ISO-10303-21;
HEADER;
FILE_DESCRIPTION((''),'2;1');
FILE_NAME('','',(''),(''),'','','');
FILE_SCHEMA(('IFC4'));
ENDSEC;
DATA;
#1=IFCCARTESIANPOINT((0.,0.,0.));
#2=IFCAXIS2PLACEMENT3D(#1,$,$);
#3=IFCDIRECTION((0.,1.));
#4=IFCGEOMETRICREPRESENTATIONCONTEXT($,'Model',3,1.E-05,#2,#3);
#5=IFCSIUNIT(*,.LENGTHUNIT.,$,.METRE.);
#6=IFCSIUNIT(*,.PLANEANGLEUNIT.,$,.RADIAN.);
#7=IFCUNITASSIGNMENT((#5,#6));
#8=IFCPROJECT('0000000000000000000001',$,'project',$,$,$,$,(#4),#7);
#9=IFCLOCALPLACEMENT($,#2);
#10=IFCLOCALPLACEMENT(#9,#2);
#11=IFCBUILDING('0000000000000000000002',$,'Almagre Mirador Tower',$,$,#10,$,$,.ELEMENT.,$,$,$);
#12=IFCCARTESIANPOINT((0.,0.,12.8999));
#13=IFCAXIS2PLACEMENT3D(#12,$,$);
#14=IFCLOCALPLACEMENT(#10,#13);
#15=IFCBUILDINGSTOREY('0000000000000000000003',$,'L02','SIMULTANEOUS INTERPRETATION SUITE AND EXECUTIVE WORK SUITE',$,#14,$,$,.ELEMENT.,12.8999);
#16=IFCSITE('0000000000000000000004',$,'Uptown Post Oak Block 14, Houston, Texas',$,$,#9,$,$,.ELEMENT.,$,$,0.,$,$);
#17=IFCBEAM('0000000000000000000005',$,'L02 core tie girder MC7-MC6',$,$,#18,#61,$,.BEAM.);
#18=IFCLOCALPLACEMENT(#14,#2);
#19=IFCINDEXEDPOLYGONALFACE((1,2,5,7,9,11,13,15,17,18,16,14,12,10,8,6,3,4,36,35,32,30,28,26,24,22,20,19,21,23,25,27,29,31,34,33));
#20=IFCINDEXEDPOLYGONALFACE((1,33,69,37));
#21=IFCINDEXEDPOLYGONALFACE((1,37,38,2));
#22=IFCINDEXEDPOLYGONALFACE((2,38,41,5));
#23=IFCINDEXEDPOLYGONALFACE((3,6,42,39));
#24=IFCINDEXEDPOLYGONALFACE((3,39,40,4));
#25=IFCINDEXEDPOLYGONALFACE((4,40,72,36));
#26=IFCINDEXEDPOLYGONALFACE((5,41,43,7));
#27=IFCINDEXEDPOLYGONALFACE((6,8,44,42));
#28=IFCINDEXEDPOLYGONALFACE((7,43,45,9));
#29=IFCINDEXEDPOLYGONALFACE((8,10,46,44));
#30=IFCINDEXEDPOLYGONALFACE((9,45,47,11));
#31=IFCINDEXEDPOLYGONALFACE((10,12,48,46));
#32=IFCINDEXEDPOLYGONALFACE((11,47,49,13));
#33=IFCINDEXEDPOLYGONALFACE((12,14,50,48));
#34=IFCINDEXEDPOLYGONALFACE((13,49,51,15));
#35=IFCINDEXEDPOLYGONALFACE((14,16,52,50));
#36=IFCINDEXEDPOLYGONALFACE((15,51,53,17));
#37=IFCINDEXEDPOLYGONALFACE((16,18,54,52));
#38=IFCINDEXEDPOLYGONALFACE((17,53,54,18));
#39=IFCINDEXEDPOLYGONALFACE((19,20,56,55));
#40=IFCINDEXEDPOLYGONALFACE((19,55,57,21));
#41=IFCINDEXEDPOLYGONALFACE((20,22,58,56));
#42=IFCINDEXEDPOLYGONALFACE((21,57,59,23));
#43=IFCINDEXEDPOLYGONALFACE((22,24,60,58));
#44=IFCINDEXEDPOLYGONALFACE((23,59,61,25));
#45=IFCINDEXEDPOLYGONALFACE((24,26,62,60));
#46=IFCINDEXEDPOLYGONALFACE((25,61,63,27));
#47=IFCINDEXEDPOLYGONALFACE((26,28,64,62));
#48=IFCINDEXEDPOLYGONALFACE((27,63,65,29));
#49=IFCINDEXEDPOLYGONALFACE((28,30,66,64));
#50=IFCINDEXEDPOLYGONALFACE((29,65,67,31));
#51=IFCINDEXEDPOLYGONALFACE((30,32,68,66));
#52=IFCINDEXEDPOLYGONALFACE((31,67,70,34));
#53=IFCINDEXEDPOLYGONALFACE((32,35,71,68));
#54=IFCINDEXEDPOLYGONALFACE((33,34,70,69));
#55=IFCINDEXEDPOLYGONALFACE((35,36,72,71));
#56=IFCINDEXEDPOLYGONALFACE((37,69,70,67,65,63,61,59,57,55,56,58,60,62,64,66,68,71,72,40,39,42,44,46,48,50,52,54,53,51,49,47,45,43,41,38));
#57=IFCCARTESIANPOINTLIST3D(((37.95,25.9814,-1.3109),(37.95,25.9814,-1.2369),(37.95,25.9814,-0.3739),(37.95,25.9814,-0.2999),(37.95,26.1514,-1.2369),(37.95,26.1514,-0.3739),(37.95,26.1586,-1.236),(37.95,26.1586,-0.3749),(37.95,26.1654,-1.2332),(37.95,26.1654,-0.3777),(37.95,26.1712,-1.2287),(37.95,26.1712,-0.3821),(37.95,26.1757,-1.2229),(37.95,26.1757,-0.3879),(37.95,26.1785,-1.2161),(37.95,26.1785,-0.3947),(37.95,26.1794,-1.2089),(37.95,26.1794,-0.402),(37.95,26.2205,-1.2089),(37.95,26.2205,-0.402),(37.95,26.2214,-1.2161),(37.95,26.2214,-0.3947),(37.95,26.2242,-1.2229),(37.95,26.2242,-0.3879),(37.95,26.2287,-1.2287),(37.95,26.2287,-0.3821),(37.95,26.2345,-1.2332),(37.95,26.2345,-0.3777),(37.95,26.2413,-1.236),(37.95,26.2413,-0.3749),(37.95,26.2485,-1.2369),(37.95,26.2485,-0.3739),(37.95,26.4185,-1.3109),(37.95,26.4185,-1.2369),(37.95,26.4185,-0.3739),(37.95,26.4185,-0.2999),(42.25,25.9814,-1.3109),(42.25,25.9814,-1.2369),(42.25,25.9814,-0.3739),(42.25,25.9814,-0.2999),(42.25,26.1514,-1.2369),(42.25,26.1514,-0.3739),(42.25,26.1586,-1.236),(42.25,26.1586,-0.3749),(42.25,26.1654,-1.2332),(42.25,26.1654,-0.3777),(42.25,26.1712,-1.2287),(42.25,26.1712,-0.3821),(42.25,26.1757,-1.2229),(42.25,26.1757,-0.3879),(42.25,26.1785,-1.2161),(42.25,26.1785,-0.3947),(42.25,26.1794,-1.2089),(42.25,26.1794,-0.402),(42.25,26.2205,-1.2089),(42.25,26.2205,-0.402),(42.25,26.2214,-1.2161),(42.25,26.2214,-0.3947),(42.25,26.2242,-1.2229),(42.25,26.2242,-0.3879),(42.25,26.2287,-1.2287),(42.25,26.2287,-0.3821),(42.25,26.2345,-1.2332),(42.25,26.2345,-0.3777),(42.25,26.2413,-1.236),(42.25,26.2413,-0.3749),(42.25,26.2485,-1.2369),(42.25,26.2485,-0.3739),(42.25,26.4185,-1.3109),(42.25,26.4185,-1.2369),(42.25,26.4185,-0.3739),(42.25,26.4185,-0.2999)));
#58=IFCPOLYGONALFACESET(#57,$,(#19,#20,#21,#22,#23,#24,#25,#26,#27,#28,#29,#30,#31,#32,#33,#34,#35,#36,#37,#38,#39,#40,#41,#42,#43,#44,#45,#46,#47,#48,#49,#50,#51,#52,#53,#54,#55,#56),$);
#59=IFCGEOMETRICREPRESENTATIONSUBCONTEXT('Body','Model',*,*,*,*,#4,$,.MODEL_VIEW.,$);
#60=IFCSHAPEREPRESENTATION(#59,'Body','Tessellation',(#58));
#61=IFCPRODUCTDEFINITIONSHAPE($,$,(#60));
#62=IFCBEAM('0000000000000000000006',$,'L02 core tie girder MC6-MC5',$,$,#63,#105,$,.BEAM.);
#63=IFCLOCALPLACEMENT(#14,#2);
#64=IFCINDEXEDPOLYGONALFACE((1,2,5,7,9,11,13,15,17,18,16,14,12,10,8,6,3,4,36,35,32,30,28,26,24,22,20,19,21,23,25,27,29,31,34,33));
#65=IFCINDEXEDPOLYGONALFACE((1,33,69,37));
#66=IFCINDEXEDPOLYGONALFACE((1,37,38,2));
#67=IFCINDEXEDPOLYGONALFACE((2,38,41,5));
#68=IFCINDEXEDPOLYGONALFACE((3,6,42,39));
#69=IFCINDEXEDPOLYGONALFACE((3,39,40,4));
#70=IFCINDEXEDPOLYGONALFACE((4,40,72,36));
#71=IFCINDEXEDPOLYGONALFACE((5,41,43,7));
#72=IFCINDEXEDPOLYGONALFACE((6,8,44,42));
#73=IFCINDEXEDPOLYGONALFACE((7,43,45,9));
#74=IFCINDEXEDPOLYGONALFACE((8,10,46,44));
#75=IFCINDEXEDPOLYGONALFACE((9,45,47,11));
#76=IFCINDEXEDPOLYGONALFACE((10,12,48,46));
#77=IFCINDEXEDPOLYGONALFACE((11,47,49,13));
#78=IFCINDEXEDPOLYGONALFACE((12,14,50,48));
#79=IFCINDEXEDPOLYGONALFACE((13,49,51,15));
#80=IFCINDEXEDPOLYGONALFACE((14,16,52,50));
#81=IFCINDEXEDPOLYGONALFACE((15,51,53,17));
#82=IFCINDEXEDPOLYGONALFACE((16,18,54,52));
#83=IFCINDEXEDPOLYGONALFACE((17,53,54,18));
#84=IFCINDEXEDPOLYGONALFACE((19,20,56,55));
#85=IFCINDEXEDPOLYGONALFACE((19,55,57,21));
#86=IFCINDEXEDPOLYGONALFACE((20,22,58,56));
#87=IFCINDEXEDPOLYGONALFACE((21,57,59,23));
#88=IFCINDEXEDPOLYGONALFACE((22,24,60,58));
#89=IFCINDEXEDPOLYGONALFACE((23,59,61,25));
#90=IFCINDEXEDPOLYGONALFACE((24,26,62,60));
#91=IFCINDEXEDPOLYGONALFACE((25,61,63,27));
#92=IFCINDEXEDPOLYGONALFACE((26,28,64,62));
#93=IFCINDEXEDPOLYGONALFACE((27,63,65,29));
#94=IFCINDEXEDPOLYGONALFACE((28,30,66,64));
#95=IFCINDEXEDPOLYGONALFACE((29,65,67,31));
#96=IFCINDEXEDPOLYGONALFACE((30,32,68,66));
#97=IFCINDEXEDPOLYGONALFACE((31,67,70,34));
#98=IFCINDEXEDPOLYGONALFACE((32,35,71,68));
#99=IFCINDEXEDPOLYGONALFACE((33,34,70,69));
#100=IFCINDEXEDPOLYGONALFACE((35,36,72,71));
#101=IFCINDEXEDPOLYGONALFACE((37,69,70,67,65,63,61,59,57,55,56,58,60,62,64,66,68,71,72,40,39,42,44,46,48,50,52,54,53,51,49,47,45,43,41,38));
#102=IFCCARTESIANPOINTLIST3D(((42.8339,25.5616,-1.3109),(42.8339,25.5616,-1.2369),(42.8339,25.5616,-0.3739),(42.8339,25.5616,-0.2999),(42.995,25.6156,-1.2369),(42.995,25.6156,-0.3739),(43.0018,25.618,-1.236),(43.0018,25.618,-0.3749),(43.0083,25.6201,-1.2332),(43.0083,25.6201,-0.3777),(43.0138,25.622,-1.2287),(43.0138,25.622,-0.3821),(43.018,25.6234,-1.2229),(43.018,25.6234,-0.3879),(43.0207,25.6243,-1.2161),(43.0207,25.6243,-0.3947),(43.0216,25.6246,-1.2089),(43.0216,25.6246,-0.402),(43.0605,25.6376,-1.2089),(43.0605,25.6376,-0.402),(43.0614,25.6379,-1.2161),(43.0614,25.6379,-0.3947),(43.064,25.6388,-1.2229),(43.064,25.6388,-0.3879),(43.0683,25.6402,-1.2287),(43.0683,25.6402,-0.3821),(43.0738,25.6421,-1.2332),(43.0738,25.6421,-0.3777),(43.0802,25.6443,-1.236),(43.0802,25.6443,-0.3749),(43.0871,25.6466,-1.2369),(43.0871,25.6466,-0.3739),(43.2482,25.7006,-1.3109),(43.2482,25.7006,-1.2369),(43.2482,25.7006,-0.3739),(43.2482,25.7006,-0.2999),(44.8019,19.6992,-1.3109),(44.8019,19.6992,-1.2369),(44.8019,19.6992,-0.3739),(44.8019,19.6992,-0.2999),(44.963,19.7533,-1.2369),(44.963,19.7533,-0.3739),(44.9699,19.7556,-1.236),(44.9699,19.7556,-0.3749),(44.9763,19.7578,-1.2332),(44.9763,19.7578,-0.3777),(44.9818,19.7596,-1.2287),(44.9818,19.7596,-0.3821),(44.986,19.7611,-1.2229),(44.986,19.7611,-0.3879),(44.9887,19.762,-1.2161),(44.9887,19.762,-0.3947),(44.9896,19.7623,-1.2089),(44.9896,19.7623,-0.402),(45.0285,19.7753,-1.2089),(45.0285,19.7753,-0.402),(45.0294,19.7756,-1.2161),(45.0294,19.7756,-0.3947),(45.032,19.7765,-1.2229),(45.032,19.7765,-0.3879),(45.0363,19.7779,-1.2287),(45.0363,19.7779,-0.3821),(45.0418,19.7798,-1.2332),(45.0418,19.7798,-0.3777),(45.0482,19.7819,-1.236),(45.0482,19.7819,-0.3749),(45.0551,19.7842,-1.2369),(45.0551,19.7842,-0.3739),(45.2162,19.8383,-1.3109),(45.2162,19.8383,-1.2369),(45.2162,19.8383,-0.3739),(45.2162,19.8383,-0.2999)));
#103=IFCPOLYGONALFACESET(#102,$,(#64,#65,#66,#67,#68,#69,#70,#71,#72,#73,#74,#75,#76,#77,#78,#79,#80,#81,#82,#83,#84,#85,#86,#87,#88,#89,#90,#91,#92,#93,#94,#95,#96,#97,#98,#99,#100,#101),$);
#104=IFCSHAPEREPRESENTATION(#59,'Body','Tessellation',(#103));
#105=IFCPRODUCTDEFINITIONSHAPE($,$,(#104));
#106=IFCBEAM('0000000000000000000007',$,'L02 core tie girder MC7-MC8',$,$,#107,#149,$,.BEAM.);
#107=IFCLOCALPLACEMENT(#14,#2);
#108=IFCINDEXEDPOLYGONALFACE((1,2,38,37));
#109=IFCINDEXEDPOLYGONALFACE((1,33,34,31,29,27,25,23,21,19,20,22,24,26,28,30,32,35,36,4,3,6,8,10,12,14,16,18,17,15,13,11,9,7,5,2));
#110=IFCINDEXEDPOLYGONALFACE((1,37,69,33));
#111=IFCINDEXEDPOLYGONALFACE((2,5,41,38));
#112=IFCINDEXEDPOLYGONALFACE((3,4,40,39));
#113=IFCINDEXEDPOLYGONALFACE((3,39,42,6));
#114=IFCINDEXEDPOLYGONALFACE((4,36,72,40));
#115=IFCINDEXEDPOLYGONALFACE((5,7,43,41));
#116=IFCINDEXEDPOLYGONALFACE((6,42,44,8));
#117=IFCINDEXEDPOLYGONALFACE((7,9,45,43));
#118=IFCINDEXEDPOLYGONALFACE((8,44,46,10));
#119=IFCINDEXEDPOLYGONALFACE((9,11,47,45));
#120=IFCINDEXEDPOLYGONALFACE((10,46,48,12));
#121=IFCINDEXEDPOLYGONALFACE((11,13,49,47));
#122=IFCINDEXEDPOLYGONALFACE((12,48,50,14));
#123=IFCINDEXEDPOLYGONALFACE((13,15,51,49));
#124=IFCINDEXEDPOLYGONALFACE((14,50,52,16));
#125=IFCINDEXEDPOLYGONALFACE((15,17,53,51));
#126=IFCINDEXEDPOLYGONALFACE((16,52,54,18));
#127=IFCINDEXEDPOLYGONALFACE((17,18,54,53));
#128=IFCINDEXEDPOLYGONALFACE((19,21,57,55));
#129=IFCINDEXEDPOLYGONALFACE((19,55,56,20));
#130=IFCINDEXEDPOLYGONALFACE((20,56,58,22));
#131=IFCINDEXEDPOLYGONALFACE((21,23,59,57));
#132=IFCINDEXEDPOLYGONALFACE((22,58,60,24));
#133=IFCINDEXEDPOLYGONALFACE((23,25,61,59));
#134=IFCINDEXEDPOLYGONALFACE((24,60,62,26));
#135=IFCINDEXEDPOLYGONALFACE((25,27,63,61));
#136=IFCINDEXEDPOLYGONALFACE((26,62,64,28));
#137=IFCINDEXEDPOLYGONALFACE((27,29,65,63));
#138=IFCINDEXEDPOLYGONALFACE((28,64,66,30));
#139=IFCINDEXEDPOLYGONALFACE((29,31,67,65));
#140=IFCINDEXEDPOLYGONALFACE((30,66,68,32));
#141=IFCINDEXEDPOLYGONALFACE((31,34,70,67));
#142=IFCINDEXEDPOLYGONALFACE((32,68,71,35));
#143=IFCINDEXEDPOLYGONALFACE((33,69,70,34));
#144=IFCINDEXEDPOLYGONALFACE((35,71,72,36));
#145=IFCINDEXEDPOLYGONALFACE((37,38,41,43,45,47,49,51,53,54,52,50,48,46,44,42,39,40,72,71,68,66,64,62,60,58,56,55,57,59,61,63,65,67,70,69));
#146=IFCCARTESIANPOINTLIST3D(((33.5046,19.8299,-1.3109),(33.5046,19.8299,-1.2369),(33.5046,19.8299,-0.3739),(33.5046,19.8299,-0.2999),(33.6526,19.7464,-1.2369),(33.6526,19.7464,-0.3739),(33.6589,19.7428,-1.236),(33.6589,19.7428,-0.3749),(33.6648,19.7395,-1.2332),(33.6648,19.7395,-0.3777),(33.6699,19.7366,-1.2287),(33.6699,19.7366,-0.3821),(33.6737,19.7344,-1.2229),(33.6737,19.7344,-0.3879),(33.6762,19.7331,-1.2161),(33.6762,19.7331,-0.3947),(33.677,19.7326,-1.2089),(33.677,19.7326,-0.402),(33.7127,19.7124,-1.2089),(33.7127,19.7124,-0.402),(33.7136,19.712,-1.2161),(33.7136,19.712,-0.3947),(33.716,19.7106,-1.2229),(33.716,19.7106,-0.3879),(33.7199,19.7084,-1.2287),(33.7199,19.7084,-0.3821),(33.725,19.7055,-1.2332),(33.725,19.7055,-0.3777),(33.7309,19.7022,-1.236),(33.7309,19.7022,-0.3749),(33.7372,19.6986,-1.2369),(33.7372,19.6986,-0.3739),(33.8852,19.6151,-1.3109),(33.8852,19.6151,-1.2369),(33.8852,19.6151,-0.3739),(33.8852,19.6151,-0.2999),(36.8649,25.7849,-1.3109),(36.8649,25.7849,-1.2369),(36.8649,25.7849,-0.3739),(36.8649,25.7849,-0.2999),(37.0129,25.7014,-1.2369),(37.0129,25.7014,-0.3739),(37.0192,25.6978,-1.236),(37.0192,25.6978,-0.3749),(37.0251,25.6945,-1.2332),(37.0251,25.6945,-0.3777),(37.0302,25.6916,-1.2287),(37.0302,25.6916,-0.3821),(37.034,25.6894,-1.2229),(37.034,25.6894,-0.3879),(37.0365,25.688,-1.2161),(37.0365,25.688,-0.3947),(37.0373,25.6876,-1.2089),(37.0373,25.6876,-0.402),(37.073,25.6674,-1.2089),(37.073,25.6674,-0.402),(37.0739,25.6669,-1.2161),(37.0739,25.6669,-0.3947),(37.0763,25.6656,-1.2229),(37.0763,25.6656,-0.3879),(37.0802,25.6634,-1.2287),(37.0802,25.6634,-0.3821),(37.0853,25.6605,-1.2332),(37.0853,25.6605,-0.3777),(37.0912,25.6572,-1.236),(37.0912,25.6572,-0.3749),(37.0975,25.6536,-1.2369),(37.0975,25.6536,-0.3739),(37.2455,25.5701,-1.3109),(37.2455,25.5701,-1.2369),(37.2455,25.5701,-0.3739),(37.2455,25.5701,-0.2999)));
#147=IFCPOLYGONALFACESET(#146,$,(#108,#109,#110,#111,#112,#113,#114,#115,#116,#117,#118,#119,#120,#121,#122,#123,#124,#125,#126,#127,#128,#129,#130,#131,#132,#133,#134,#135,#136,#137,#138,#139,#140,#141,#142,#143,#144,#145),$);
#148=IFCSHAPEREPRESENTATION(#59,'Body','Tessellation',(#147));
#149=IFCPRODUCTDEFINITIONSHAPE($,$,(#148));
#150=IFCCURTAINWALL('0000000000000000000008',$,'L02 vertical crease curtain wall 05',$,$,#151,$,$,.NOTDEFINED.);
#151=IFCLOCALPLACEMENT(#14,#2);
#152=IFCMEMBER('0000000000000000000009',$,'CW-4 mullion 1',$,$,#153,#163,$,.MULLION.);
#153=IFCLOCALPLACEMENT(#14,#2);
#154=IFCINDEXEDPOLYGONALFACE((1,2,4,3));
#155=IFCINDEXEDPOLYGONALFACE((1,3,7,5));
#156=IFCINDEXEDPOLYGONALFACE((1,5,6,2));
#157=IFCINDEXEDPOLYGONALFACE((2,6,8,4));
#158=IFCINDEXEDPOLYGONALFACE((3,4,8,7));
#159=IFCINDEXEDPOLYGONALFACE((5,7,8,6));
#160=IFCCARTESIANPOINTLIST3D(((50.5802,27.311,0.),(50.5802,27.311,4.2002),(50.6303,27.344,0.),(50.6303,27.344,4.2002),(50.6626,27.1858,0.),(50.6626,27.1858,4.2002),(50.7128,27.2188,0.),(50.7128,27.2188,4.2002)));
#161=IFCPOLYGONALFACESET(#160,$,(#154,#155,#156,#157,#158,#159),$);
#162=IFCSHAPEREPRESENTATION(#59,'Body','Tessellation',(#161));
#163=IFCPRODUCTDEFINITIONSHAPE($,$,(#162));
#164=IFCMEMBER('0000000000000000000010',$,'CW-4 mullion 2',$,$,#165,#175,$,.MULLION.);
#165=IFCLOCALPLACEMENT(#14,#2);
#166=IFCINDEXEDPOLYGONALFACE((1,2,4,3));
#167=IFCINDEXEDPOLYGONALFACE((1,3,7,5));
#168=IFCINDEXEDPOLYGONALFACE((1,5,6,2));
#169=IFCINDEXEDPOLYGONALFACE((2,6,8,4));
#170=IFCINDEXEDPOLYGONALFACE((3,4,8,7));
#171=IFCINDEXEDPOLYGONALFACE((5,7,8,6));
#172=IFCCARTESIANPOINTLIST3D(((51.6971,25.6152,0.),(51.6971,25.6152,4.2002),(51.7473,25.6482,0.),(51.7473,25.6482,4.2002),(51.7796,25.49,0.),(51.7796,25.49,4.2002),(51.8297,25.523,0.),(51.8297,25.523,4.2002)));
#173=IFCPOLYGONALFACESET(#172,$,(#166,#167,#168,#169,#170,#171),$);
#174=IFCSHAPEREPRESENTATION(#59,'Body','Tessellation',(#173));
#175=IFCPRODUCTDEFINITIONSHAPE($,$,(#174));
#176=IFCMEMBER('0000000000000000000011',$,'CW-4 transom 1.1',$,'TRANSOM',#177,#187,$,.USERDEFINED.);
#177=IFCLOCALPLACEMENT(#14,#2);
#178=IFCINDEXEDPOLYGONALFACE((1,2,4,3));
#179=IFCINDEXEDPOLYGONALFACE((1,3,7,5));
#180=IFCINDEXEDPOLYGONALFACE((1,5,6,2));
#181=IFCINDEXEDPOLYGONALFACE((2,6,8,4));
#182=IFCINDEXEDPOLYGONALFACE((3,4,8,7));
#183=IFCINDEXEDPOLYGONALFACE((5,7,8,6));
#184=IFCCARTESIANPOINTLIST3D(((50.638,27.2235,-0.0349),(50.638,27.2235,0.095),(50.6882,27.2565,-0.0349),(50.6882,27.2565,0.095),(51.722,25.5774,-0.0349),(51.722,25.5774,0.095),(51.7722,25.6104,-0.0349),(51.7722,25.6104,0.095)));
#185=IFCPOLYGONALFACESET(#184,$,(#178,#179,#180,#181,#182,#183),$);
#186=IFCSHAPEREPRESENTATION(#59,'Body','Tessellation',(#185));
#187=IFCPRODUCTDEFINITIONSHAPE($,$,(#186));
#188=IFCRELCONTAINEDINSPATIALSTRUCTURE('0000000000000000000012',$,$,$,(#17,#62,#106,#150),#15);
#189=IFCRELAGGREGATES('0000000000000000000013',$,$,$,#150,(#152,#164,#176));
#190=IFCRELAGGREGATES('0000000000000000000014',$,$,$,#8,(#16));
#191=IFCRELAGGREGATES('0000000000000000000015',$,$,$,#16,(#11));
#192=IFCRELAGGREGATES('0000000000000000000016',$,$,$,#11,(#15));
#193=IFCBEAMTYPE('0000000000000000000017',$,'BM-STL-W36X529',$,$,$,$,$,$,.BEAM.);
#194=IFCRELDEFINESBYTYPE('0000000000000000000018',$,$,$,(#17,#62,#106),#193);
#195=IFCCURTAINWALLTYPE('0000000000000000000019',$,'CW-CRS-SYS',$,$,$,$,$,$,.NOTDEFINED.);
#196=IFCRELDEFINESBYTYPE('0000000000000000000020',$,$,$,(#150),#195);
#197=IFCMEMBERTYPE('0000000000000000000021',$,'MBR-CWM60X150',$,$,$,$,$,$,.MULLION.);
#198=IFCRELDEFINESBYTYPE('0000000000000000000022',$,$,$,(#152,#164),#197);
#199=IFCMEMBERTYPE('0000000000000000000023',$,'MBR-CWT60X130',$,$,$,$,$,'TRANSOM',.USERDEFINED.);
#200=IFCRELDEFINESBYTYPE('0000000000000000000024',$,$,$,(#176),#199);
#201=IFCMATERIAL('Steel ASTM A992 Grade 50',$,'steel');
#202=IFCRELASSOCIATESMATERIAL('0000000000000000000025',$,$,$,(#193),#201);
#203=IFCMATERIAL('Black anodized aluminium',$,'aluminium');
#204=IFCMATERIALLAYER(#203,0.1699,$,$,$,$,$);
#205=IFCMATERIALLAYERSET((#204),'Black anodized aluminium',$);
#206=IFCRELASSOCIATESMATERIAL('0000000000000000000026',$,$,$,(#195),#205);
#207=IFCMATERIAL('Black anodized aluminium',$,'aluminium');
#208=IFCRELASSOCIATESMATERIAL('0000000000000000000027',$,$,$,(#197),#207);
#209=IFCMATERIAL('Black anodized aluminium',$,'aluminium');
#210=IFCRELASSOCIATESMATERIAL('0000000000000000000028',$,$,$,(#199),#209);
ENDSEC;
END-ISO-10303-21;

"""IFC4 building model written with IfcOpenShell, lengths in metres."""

from ifc_helpers import new_model, si_unit, direction, frame, origin, origin_2d, place, context, subcontext, project, spatial, rectangle, i_section, extrude, material, layer, layer_set, material_profile, profile_set, type_object, element, aggregate, save


model = new_model("IFC4")

# Units and contexts
model_context = context("Model", 3, precision=1e-05, world=origin(), true_north=direction((0.0, 1.0)))
body_context = subcontext(model_context, "Body", "Model", "MODEL_VIEW")
ifc_project = project(units=[si_unit("LENGTHUNIT", "METRE"), si_unit("PLANEANGLEUNIT", "RADIAN")], contexts=[model_context])

# Site, building, storey
site_placement = place(None, origin())
site = spatial("IfcSite", under=ifc_project, at=site_placement, Name="Uptown Post Oak Block 14, Houston, Texas", CompositionType="ELEMENT", RefElevation=0.0)
building_placement = place(site_placement, origin())
building = spatial("IfcBuilding", under=site, at=building_placement, Name="Almagre Mirador Tower", CompositionType="ELEMENT")
storey_placement = place(building_placement, frame((0.0, 0.0, 12.8999)))
storey = spatial("IfcBuildingStorey", under=building, at=storey_placement, Name="L02", Description="SIMULTANEOUS INTERPRETATION SUITE AND EXECUTIVE WORK SUITE", CompositionType="ELEMENT", Elevation=12.8999)

# Beams
ifc_material_1 = material(Name="Steel ASTM A992 Grade 50", Category="steel")
ifc_material_profile_1 = material_profile(ifc_material_1, i_section(OverallWidth=0.437, OverallDepth=1.011, WebThickness=0.041, FlangeThickness=0.074, FilletRadius=0.0281, at=origin_2d()), Name="W36X529")
ifc_profile_set_1 = profile_set([ifc_material_profile_1], Name="Steel ASTM A992 Grade 50")
beam_type_1 = type_object("IfcBeamType", Name="BM-STL-W36X529", PredefinedType="BEAM", material=ifc_profile_set_1)
beam_1_placement = place(storey_placement, frame((37.95, 26.2, -0.8054), z_axis=(1.0, 0.0, 0.0), x_axis=(0.0, 1.0, 0.0)))
element("IfcBeam", 1, at=beam_1_placement, inside=storey, type_object=beam_type_1, Name="L02 core tie girder MC7-MC6", PredefinedType="BEAM", context=body_context, shape_type="SweptSolid", body=[
    extrude(i_section(OverallWidth=0.437, OverallDepth=1.011, WebThickness=0.041, FlangeThickness=0.074, FilletRadius=0.0281, at=origin_2d()), origin(), (0.0, 0.0, 1.0), 4.3),
])
beam_2_placement = place(storey_placement, frame((43.041, 25.6311, -0.8054), z_axis=(0.318252, -0.948006, 0.0), x_axis=(0.948006, 0.318252, 0.0)))
element("IfcBeam", 2, at=beam_2_placement, inside=storey, type_object=beam_type_1, Name="L02 core tie girder MC6-MC5", PredefinedType="BEAM", context=body_context, shape_type="SweptSolid", body=[
    extrude(i_section(OverallWidth=0.437, OverallDepth=1.011, WebThickness=0.041, FlangeThickness=0.074, FilletRadius=0.0281, at=origin_2d()), origin(), (0.0, 0.0, 1.0), 6.1838),
])
beam_3_placement = place(storey_placement, frame((37.0552, 25.6775, -0.8054), z_axis=(-0.491441, -0.870911, 0.0), x_axis=(0.870911, -0.491441, 0.0)))
element("IfcBeam", 3, at=beam_3_placement, inside=storey, type_object=beam_type_1, Name="L02 core tie girder MC7-MC8", PredefinedType="BEAM", context=body_context, shape_type="SweptSolid", body=[
    extrude(i_section(OverallWidth=0.437, OverallDepth=1.011, WebThickness=0.041, FlangeThickness=0.074, FilletRadius=0.0281, at=origin_2d()), origin(), (0.0, 0.0, 1.0), 6.8376),
])

# Curtain wall, members
ifc_material_2 = material(Name="Black anodized aluminium", Category="aluminium")
ifc_layer_1 = layer(ifc_material_2, 0.1699)
ifc_layer_set_1 = layer_set([ifc_layer_1], Name="Black anodized aluminium")
curtain_wall_type = type_object("IfcCurtainWallType", Name="CW-CRS-SYS", PredefinedType="NOTDEFINED", material=ifc_layer_set_1)
curtain_wall_placement = place(storey_placement, origin())
curtain_wall = element("IfcCurtainWall", 4, at=curtain_wall_placement, inside=storey, type_object=curtain_wall_type, Name="L02 vertical crease curtain wall 05", PredefinedType="NOTDEFINED")
ifc_material_3 = material(Name="Black anodized aluminium", Category="aluminium")
ifc_material_profile_2 = material_profile(ifc_material_3, rectangle(XDim=0.0601, YDim=0.1499, at=origin_2d()), Name="CWM60X150")
ifc_profile_set_2 = profile_set([ifc_material_profile_2], Name="Black anodized aluminium")
member_type_1 = type_object("IfcMemberType", Name="MBR-CWM60X150", PredefinedType="MULLION", material=ifc_profile_set_2)
member_1_placement = place(storey_placement, frame((50.6465, 27.2649, 0.0), z_axis=(0.0, 0.0, 1.0), x_axis=(0.835128, 0.550056, 0.0)))
member_1 = element("IfcMember", 5, at=member_1_placement, type_object=member_type_1, Name="CW-4 mullion 1", PredefinedType="MULLION", context=body_context, shape_type="SweptSolid", body=[
    extrude(rectangle(XDim=0.0601, YDim=0.1499, at=origin_2d()), origin(), (0.0, 0.0, 1.0), 4.2002),
])
member_2_placement = place(storey_placement, frame((51.7634, 25.5691, 0.0), z_axis=(0.0, 0.0, 1.0), x_axis=(0.835128, 0.550056, 0.0)))
member_2 = element("IfcMember", 6, at=member_2_placement, type_object=member_type_1, Name="CW-4 mullion 2", PredefinedType="MULLION", context=body_context, shape_type="SweptSolid", body=[
    extrude(rectangle(XDim=0.0601, YDim=0.1499, at=origin_2d()), origin(), (0.0, 0.0, 1.0), 4.2002),
])
ifc_material_4 = material(Name="Black anodized aluminium", Category="aluminium")
ifc_material_profile_3 = material_profile(ifc_material_4, rectangle(XDim=0.0601, YDim=0.1299, at=origin_2d()), Name="CWT60X130")
ifc_profile_set_3 = profile_set([ifc_material_profile_3], Name="Black anodized aluminium")
member_type_2 = type_object("IfcMemberType", Name="MBR-CWT60X130", ElementType="TRANSOM", PredefinedType="USERDEFINED", material=ifc_profile_set_3)
member_3_placement = place(storey_placement, frame((50.6631, 27.24, 0.03), z_axis=(0.550003, -0.835163, 0.0), x_axis=(0.835163, 0.550003, 0.0)))
member_3 = element("IfcMember", 7, at=member_3_placement, type_object=member_type_2, Name="CW-4 transom 1.1", ObjectType="TRANSOM", PredefinedType="USERDEFINED", context=body_context, shape_type="SweptSolid", body=[
    extrude(rectangle(XDim=0.0601, YDim=0.1299, at=origin_2d()), origin(), (0.0, 0.0, 1.0), 1.9709),
])
aggregate(curtain_wall, [member_1, member_2, member_3])

save(model, "model.ifc")
